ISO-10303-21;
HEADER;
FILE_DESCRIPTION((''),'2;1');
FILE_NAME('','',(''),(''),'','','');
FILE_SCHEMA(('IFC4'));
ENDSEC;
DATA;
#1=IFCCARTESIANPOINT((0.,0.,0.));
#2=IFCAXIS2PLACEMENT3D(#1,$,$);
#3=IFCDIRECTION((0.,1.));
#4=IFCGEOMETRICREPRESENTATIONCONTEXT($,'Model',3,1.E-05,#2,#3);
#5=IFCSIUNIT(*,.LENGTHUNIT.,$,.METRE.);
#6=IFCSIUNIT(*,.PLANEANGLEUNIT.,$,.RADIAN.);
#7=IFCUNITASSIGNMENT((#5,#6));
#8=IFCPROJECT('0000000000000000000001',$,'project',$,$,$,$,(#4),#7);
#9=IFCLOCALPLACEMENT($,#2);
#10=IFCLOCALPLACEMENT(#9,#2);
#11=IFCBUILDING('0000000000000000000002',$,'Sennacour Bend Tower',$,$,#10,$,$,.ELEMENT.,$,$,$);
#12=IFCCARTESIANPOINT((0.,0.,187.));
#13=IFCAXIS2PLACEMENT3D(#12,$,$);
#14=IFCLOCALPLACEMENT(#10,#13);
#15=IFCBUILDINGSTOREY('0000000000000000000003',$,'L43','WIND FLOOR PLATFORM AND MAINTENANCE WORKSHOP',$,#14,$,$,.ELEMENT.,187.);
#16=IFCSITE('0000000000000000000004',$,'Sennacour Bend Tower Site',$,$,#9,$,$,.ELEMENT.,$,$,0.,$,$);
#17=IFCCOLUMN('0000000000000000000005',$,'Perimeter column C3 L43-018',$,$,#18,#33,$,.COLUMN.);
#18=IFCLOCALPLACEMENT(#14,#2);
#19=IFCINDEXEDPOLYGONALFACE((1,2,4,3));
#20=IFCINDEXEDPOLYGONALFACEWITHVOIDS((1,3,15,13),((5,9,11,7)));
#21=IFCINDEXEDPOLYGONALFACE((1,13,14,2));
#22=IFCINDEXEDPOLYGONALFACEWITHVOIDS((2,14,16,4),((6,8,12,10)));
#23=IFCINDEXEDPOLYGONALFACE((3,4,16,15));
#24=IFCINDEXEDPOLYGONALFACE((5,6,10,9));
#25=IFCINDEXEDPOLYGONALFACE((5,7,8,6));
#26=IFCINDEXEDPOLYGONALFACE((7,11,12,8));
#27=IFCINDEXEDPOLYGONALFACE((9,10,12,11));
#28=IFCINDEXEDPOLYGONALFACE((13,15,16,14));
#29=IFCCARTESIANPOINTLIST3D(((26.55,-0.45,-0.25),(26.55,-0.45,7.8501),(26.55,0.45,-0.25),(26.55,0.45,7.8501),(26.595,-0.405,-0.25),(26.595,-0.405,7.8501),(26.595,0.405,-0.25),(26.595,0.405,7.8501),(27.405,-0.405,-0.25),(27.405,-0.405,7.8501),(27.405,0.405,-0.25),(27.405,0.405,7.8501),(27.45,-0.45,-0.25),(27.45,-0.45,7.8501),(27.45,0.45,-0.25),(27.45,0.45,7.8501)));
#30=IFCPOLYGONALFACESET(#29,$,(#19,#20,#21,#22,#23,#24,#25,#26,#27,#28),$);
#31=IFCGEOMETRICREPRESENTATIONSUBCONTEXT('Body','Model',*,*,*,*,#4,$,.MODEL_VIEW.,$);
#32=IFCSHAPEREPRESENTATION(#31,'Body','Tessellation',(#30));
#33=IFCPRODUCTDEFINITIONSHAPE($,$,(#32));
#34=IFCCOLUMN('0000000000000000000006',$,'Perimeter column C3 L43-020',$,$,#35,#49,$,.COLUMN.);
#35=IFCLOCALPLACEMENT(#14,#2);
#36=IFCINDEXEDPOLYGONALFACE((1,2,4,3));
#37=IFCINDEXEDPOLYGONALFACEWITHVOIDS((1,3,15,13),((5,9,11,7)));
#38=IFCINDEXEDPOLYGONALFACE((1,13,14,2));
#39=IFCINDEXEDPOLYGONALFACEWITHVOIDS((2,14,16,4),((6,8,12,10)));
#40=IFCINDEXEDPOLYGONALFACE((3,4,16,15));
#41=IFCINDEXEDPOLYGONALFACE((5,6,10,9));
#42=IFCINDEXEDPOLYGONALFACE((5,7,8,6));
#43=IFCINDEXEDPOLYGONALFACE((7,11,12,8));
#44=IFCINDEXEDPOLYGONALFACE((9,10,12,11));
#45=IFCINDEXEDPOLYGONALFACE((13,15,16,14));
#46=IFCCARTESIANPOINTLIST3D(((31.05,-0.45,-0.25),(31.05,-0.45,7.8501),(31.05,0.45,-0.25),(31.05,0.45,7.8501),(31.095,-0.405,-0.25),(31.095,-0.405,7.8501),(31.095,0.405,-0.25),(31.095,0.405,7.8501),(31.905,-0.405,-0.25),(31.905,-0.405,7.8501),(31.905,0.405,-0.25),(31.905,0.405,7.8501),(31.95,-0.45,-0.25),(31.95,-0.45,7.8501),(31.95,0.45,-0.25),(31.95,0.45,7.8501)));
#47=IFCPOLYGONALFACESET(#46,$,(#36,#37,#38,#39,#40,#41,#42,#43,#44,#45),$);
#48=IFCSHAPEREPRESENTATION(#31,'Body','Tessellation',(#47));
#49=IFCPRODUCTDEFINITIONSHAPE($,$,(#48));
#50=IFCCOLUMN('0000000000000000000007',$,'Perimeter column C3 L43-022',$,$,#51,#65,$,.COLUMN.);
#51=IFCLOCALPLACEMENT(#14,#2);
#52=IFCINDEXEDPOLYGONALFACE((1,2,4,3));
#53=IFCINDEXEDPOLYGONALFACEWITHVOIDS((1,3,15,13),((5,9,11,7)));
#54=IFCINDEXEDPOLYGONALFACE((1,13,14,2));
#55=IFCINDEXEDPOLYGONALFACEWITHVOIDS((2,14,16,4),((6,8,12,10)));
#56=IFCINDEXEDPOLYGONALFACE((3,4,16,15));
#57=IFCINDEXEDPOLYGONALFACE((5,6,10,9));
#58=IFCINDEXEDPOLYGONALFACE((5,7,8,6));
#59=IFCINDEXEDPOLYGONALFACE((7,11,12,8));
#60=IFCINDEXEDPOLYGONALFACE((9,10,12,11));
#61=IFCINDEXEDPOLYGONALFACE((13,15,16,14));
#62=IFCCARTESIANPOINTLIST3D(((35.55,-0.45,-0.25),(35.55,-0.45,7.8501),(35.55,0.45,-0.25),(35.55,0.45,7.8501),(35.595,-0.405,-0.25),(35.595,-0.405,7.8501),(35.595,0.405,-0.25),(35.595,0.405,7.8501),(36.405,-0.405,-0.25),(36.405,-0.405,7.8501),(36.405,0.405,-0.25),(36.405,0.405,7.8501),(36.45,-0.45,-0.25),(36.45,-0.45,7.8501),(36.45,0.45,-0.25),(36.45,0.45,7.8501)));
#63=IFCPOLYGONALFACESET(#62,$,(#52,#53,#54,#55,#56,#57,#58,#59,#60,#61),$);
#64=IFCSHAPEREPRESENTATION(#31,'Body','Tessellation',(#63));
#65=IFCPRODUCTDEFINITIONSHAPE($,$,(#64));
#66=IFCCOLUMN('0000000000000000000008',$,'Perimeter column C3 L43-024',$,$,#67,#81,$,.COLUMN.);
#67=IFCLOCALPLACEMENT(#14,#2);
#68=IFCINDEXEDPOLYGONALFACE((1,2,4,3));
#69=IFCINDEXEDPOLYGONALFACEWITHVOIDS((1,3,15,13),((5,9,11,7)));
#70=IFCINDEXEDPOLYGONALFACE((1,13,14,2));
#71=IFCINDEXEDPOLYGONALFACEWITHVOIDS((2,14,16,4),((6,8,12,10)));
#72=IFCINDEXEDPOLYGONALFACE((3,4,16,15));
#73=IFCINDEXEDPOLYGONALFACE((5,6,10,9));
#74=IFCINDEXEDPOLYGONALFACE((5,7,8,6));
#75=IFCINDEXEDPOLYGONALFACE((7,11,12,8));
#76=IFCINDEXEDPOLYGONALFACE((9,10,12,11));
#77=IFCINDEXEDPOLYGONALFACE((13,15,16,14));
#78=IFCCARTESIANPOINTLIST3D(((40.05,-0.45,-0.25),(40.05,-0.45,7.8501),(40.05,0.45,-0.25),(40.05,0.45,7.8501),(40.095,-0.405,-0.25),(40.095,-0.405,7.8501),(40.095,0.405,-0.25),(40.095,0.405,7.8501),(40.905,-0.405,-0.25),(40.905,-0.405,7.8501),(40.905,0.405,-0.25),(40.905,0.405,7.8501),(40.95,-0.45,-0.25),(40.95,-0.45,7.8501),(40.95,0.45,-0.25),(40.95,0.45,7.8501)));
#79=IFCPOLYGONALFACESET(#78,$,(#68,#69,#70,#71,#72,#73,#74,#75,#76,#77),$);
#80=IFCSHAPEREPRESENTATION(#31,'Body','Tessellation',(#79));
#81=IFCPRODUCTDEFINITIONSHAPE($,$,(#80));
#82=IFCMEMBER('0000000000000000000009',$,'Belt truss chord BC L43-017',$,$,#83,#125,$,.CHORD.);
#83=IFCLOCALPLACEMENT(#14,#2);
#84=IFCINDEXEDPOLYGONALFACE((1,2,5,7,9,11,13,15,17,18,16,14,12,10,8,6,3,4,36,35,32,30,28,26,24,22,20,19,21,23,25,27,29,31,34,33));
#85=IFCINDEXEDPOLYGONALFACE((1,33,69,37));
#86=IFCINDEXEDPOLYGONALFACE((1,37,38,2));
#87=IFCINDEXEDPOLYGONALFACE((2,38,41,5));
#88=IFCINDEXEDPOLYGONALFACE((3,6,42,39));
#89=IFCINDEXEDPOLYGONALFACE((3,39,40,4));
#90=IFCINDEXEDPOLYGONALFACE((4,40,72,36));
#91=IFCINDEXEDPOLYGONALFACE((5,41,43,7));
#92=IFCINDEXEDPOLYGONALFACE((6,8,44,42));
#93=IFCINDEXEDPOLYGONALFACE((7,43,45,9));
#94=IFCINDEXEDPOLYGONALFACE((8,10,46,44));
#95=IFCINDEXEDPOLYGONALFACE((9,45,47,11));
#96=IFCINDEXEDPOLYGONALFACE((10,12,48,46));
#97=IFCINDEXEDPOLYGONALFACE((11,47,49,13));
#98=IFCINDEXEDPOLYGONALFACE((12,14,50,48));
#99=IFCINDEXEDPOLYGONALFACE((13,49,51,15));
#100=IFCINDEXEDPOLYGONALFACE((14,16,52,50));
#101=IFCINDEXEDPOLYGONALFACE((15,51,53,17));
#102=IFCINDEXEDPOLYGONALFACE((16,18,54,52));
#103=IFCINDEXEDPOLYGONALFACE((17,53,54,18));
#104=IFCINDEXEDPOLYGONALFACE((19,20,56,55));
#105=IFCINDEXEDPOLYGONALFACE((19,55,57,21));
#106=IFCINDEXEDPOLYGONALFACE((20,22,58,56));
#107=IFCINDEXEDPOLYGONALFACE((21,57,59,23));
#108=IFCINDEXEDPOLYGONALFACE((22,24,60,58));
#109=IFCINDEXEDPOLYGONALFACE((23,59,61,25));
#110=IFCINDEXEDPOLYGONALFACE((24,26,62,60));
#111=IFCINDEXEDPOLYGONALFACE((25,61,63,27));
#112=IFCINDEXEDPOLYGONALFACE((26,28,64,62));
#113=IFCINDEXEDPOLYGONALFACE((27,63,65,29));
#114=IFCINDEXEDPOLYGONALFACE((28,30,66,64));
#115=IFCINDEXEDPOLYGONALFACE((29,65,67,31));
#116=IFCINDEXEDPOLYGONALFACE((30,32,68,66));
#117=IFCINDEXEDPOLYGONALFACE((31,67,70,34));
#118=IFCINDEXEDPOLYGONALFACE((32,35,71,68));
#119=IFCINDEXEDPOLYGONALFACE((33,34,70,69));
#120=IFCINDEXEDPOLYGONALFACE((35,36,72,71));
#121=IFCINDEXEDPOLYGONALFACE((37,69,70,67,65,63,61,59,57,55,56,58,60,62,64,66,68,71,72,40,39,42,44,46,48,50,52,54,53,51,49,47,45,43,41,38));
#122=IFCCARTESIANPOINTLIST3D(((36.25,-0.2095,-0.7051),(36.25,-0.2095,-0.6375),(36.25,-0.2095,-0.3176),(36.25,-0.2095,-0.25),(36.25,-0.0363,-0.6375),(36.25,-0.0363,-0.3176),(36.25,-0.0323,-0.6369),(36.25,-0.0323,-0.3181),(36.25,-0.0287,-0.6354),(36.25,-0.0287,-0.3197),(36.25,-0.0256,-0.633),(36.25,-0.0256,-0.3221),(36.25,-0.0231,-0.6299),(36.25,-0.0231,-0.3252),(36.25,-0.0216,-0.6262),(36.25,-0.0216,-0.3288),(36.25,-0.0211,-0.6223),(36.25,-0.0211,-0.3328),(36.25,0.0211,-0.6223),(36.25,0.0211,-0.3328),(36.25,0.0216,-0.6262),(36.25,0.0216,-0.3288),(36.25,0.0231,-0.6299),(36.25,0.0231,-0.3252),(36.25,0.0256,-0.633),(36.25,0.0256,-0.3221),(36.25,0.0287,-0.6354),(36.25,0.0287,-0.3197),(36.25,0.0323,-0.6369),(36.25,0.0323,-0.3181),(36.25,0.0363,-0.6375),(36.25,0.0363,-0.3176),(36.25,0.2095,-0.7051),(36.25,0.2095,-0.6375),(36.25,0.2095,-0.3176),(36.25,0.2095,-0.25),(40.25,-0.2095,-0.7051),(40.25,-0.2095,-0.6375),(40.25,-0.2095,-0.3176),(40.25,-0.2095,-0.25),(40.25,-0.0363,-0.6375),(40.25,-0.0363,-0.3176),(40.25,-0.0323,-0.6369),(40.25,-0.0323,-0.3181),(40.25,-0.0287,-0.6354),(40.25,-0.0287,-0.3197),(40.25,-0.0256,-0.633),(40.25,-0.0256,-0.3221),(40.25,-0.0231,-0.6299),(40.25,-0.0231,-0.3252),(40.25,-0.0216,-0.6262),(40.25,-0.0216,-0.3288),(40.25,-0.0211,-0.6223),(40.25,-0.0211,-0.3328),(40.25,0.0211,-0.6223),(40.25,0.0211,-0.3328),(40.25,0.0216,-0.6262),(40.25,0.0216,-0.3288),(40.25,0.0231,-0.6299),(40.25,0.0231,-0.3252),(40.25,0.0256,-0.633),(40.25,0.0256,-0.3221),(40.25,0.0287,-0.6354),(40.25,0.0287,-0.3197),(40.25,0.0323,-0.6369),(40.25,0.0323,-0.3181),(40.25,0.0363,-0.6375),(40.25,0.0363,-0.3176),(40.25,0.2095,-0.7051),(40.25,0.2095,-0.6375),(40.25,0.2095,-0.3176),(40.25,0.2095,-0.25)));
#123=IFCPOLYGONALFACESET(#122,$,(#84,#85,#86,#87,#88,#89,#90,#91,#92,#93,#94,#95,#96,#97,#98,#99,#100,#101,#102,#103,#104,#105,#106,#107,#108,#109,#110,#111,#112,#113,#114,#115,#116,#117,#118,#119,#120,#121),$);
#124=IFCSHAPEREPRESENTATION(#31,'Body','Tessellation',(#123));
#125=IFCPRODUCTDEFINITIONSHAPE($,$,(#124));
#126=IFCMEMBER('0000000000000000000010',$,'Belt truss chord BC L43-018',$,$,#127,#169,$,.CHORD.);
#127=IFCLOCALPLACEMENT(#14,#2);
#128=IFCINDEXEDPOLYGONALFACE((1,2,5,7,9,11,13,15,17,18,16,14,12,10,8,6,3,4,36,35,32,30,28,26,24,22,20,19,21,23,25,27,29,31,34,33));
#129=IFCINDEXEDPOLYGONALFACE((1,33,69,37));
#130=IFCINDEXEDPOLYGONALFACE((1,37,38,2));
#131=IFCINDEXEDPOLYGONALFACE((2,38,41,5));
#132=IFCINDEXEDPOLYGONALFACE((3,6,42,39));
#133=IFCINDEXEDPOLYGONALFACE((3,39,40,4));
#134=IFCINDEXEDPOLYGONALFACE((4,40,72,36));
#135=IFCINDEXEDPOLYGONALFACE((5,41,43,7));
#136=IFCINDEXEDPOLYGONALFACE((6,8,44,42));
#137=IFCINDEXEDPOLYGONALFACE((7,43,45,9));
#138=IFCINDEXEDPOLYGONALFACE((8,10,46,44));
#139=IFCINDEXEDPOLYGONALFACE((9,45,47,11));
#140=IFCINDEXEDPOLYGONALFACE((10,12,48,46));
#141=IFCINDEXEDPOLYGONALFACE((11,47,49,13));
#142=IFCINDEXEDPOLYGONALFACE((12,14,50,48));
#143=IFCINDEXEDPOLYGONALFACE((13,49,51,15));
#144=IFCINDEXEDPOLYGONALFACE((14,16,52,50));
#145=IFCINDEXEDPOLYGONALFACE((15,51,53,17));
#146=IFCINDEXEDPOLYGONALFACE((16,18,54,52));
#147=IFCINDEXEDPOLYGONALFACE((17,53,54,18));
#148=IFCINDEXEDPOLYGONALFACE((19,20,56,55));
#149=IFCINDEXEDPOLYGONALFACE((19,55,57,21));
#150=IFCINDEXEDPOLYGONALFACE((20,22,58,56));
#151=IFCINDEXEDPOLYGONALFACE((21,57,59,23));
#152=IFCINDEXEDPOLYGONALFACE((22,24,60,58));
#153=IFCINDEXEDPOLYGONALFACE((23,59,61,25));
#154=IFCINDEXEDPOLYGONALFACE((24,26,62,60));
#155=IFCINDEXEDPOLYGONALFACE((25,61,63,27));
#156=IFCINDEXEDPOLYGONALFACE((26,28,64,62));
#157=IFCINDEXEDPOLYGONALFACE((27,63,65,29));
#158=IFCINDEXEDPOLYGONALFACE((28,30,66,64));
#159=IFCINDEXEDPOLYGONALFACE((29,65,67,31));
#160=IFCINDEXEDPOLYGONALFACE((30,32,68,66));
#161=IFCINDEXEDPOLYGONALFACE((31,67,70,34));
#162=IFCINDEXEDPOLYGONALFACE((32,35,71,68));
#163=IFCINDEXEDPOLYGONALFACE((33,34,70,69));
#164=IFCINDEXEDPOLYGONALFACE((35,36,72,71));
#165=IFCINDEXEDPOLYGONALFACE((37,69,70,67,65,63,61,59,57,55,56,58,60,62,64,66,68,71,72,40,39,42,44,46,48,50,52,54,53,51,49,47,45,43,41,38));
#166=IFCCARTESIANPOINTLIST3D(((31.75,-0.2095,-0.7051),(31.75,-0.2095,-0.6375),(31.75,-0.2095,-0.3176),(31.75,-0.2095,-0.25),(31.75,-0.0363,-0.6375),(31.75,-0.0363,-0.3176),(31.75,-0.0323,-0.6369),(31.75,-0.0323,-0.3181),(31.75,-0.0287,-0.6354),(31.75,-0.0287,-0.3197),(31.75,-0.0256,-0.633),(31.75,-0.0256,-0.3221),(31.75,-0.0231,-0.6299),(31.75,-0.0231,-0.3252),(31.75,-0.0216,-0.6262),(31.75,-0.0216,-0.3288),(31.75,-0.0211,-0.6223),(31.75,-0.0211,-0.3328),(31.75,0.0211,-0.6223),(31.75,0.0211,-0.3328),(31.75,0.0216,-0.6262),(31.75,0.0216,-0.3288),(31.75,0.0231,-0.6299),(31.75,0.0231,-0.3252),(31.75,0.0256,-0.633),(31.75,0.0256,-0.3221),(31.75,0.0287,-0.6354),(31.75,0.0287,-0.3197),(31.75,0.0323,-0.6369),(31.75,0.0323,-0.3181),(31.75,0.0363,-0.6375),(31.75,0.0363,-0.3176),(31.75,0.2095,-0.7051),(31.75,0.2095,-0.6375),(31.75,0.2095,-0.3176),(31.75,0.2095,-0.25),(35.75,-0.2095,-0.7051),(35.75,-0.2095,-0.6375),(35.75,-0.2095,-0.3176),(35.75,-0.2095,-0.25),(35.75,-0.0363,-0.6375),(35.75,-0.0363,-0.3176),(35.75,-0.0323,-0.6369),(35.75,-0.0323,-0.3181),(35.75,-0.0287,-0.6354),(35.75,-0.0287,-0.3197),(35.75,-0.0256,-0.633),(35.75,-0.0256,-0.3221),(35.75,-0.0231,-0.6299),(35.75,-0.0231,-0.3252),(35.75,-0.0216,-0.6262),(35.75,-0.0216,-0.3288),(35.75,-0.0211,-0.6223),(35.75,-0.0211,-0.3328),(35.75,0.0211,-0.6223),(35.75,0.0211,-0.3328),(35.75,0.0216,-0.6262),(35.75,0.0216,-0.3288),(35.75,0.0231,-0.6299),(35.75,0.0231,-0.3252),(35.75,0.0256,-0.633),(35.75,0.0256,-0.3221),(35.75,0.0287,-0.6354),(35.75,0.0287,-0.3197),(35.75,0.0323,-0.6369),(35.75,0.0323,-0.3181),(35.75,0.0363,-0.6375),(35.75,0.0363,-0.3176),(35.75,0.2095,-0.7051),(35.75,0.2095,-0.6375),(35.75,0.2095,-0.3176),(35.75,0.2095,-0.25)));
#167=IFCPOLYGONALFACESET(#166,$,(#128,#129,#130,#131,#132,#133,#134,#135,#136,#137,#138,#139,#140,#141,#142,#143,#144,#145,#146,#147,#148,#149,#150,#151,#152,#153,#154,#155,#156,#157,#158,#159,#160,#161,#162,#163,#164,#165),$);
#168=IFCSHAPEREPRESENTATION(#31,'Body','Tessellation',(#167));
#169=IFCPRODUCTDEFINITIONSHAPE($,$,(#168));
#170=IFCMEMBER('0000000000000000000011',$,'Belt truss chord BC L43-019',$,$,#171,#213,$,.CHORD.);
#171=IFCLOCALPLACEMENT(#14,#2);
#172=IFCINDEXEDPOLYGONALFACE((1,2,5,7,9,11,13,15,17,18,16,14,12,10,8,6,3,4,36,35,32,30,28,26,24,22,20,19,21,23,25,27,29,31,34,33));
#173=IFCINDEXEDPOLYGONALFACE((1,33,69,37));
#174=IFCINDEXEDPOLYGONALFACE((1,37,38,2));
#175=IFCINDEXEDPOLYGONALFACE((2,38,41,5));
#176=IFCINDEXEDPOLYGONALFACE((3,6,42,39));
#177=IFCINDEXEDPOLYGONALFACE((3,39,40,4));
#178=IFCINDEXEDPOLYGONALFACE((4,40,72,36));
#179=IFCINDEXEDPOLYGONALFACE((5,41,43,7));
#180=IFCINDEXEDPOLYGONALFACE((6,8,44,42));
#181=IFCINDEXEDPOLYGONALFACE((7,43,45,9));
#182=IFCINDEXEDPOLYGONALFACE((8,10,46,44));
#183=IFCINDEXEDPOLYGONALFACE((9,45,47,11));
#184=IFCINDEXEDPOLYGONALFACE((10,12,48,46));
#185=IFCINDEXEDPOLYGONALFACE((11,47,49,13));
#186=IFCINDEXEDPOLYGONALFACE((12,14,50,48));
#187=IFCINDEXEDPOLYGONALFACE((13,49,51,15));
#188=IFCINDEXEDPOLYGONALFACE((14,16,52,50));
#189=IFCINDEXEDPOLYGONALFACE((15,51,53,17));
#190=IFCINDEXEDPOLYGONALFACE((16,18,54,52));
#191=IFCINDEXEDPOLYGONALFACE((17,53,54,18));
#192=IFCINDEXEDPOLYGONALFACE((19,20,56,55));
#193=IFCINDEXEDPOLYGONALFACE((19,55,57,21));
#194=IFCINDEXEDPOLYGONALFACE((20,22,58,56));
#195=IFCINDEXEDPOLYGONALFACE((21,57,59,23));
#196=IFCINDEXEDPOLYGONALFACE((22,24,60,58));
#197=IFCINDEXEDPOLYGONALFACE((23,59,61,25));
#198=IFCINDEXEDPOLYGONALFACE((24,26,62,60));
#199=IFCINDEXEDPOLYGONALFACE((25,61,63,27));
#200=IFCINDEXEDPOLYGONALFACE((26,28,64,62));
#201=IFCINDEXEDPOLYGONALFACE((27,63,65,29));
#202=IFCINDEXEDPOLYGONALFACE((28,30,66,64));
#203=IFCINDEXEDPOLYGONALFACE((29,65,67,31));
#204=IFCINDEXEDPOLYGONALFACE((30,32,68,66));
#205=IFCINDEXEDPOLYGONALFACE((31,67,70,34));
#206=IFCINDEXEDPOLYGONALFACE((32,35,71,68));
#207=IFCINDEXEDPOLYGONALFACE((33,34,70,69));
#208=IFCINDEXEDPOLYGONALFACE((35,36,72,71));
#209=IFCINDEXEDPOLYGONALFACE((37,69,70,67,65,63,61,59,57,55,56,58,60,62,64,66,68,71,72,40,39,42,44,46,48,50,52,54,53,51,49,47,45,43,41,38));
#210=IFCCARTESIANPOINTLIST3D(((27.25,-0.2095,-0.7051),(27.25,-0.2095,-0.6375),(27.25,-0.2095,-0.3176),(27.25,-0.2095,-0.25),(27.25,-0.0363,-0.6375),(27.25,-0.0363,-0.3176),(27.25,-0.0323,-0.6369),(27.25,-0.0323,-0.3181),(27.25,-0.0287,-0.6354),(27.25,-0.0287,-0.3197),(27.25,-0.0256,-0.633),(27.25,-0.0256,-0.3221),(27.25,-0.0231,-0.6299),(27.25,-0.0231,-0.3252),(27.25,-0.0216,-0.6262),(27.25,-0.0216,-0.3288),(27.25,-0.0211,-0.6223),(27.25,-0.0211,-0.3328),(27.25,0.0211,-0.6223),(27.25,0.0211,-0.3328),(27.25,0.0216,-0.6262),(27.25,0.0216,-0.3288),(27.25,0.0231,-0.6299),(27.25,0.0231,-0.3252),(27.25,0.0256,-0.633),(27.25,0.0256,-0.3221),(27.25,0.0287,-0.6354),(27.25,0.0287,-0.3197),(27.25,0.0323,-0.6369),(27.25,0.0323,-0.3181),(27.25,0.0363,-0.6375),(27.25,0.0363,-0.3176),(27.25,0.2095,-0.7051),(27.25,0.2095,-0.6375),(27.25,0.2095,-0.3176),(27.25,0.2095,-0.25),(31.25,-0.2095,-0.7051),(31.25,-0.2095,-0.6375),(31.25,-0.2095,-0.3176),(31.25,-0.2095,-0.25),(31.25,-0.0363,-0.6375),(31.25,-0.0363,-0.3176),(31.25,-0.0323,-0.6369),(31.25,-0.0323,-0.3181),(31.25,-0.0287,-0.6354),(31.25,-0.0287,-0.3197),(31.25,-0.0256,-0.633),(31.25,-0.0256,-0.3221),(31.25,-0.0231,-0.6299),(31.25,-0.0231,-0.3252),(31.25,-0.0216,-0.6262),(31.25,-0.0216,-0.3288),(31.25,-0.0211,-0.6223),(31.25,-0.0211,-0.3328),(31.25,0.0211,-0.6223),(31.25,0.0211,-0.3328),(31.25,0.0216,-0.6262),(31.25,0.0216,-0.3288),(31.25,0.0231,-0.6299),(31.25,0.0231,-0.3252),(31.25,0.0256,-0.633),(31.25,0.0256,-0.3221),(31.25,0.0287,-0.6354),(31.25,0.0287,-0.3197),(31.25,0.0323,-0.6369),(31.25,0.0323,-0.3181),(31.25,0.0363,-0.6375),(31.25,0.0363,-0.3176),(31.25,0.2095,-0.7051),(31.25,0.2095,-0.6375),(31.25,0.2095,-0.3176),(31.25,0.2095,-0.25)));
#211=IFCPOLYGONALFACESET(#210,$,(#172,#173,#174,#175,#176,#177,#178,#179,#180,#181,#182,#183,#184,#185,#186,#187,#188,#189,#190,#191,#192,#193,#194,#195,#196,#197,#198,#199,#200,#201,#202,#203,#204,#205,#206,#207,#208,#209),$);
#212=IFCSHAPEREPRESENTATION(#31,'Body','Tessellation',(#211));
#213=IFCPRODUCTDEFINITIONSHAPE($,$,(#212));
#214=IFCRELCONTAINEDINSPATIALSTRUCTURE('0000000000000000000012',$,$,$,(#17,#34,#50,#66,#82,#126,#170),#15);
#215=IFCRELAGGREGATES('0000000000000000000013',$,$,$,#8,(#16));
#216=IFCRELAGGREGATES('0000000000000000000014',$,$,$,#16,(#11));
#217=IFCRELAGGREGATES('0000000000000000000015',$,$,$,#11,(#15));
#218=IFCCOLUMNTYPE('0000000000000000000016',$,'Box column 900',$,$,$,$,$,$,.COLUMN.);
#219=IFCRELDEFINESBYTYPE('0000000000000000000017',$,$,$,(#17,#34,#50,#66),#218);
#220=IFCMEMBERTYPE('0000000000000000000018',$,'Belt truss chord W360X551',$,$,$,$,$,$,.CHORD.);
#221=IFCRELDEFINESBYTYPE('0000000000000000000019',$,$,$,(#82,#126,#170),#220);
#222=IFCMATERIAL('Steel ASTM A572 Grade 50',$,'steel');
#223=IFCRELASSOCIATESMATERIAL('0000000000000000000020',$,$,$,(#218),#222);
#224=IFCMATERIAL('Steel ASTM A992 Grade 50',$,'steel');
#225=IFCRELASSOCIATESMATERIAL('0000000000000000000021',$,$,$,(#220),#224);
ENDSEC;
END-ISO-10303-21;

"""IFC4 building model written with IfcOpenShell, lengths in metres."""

from ifc_helpers import new_model, si_unit, direction, frame, origin, origin_2d, place, context, subcontext, project, spatial, hollow_rectangle, i_section, extrude, material, material_profile, profile_set, type_object, element, save


model = new_model("IFC4")

# Units and contexts
model_context = context("Model", 3, precision=1e-05, world=origin(), true_north=direction((0.0, 1.0)))
body_context = subcontext(model_context, "Body", "Model", "MODEL_VIEW")
ifc_project = project(units=[si_unit("LENGTHUNIT", "METRE"), si_unit("PLANEANGLEUNIT", "RADIAN")], contexts=[model_context])

# Site, building, storey
site_placement = place(None, origin())
site = spatial("IfcSite", under=ifc_project, at=site_placement, Name="Sennacour Bend Tower Site", CompositionType="ELEMENT", RefElevation=0.0)
building_placement = place(site_placement, origin())
building = spatial("IfcBuilding", under=site, at=building_placement, Name="Sennacour Bend Tower", CompositionType="ELEMENT")
storey_placement = place(building_placement, frame((0.0, 0.0, 187.0)))
storey = spatial("IfcBuildingStorey", under=building, at=storey_placement, Name="L43", Description="WIND FLOOR PLATFORM AND MAINTENANCE WORKSHOP", CompositionType="ELEMENT", Elevation=187.0)

# Columns
ifc_material_1 = material(Name="Steel ASTM A572 Grade 50", Category="steel")
ifc_material_profile_1 = material_profile(ifc_material_1, hollow_rectangle(XDim=0.8999, YDim=0.8999, WallThickness=0.0449, at=origin_2d()), Name="Steel ASTM A572 Grade 50", Category="steel")
ifc_profile_set_1 = profile_set([ifc_material_profile_1], Name="Steel ASTM A572 Grade 50")
column_type = type_object("IfcColumnType", Name="Box column 900", PredefinedType="COLUMN", material=ifc_profile_set_1)
for number, where, z_axis, x_axis, name in (
    (1, (27.0, 0.0, -0.25), (0.0, 0.0, 1.0), (1.0, 0.0, 0.0), "Perimeter column C3 L43-018"),
    (2, (31.5, 0.0, -0.25), (0.0, 0.0, 1.0), (1.0, 0.0, 0.0), "Perimeter column C3 L43-020"),
    (3, (36.0, 0.0, -0.25), (0.0, 0.0, 1.0), (1.0, 0.0, 0.0), "Perimeter column C3 L43-022"),
    (4, (40.5, 0.0, -0.25), (0.0, 0.0, 1.0), (1.0, 0.0, 0.0), "Perimeter column C3 L43-024"),
):
    element("IfcColumn", number, at=place(storey_placement, frame(where, z_axis=z_axis, x_axis=x_axis)), inside=storey, type_object=column_type, Name=name, PredefinedType="COLUMN", context=body_context, shape_type="SweptSolid", body=[
        extrude(hollow_rectangle(XDim=0.8999, YDim=0.8999, WallThickness=0.0449, at=origin_2d()), origin(), (0.0, 0.0, 1.0), 8.1001),
    ])

# Members
ifc_material_2 = material(Name="Steel ASTM A992 Grade 50", Category="steel")
ifc_material_profile_2 = material_profile(ifc_material_2, i_section(OverallWidth=0.4189, OverallDepth=0.4551, WebThickness=0.0422, FlangeThickness=0.0676, FilletRadius=0.0151, at=origin_2d()), Name="Steel ASTM A992 Grade 50", Category="steel")
ifc_profile_set_2 = profile_set([ifc_material_profile_2], Name="Steel ASTM A992 Grade 50")
member_type_1 = type_object("IfcMemberType", Name="Belt truss chord W360X551", PredefinedType="CHORD", material=ifc_profile_set_2)
for number, where, z_axis, x_axis, name in (
    (5, (40.25, 0.0, -0.4775), (-1.0, 0.0, 0.0), (0.0, -1.0, 0.0), "Belt truss chord BC L43-017"),
    (6, (35.75, 0.0, -0.4775), (-1.0, 0.0, 0.0), (0.0, -1.0, 0.0), "Belt truss chord BC L43-018"),
    (7, (31.25, 0.0, -0.4775), (-1.0, 0.0, 0.0), (0.0, -1.0, 0.0), "Belt truss chord BC L43-019"),
):
    element("IfcMember", number, at=place(storey_placement, frame(where, z_axis=z_axis, x_axis=x_axis)), inside=storey, type_object=member_type_1, Name=name, PredefinedType="CHORD", context=body_context, shape_type="SweptSolid", body=[
        extrude(i_section(OverallWidth=0.4189, OverallDepth=0.4551, WebThickness=0.0422, FlangeThickness=0.0676, FilletRadius=0.0151, at=origin_2d()), origin(), (0.0, 0.0, 1.0), 4.0),
    ])

save(model, "model.ifc")
